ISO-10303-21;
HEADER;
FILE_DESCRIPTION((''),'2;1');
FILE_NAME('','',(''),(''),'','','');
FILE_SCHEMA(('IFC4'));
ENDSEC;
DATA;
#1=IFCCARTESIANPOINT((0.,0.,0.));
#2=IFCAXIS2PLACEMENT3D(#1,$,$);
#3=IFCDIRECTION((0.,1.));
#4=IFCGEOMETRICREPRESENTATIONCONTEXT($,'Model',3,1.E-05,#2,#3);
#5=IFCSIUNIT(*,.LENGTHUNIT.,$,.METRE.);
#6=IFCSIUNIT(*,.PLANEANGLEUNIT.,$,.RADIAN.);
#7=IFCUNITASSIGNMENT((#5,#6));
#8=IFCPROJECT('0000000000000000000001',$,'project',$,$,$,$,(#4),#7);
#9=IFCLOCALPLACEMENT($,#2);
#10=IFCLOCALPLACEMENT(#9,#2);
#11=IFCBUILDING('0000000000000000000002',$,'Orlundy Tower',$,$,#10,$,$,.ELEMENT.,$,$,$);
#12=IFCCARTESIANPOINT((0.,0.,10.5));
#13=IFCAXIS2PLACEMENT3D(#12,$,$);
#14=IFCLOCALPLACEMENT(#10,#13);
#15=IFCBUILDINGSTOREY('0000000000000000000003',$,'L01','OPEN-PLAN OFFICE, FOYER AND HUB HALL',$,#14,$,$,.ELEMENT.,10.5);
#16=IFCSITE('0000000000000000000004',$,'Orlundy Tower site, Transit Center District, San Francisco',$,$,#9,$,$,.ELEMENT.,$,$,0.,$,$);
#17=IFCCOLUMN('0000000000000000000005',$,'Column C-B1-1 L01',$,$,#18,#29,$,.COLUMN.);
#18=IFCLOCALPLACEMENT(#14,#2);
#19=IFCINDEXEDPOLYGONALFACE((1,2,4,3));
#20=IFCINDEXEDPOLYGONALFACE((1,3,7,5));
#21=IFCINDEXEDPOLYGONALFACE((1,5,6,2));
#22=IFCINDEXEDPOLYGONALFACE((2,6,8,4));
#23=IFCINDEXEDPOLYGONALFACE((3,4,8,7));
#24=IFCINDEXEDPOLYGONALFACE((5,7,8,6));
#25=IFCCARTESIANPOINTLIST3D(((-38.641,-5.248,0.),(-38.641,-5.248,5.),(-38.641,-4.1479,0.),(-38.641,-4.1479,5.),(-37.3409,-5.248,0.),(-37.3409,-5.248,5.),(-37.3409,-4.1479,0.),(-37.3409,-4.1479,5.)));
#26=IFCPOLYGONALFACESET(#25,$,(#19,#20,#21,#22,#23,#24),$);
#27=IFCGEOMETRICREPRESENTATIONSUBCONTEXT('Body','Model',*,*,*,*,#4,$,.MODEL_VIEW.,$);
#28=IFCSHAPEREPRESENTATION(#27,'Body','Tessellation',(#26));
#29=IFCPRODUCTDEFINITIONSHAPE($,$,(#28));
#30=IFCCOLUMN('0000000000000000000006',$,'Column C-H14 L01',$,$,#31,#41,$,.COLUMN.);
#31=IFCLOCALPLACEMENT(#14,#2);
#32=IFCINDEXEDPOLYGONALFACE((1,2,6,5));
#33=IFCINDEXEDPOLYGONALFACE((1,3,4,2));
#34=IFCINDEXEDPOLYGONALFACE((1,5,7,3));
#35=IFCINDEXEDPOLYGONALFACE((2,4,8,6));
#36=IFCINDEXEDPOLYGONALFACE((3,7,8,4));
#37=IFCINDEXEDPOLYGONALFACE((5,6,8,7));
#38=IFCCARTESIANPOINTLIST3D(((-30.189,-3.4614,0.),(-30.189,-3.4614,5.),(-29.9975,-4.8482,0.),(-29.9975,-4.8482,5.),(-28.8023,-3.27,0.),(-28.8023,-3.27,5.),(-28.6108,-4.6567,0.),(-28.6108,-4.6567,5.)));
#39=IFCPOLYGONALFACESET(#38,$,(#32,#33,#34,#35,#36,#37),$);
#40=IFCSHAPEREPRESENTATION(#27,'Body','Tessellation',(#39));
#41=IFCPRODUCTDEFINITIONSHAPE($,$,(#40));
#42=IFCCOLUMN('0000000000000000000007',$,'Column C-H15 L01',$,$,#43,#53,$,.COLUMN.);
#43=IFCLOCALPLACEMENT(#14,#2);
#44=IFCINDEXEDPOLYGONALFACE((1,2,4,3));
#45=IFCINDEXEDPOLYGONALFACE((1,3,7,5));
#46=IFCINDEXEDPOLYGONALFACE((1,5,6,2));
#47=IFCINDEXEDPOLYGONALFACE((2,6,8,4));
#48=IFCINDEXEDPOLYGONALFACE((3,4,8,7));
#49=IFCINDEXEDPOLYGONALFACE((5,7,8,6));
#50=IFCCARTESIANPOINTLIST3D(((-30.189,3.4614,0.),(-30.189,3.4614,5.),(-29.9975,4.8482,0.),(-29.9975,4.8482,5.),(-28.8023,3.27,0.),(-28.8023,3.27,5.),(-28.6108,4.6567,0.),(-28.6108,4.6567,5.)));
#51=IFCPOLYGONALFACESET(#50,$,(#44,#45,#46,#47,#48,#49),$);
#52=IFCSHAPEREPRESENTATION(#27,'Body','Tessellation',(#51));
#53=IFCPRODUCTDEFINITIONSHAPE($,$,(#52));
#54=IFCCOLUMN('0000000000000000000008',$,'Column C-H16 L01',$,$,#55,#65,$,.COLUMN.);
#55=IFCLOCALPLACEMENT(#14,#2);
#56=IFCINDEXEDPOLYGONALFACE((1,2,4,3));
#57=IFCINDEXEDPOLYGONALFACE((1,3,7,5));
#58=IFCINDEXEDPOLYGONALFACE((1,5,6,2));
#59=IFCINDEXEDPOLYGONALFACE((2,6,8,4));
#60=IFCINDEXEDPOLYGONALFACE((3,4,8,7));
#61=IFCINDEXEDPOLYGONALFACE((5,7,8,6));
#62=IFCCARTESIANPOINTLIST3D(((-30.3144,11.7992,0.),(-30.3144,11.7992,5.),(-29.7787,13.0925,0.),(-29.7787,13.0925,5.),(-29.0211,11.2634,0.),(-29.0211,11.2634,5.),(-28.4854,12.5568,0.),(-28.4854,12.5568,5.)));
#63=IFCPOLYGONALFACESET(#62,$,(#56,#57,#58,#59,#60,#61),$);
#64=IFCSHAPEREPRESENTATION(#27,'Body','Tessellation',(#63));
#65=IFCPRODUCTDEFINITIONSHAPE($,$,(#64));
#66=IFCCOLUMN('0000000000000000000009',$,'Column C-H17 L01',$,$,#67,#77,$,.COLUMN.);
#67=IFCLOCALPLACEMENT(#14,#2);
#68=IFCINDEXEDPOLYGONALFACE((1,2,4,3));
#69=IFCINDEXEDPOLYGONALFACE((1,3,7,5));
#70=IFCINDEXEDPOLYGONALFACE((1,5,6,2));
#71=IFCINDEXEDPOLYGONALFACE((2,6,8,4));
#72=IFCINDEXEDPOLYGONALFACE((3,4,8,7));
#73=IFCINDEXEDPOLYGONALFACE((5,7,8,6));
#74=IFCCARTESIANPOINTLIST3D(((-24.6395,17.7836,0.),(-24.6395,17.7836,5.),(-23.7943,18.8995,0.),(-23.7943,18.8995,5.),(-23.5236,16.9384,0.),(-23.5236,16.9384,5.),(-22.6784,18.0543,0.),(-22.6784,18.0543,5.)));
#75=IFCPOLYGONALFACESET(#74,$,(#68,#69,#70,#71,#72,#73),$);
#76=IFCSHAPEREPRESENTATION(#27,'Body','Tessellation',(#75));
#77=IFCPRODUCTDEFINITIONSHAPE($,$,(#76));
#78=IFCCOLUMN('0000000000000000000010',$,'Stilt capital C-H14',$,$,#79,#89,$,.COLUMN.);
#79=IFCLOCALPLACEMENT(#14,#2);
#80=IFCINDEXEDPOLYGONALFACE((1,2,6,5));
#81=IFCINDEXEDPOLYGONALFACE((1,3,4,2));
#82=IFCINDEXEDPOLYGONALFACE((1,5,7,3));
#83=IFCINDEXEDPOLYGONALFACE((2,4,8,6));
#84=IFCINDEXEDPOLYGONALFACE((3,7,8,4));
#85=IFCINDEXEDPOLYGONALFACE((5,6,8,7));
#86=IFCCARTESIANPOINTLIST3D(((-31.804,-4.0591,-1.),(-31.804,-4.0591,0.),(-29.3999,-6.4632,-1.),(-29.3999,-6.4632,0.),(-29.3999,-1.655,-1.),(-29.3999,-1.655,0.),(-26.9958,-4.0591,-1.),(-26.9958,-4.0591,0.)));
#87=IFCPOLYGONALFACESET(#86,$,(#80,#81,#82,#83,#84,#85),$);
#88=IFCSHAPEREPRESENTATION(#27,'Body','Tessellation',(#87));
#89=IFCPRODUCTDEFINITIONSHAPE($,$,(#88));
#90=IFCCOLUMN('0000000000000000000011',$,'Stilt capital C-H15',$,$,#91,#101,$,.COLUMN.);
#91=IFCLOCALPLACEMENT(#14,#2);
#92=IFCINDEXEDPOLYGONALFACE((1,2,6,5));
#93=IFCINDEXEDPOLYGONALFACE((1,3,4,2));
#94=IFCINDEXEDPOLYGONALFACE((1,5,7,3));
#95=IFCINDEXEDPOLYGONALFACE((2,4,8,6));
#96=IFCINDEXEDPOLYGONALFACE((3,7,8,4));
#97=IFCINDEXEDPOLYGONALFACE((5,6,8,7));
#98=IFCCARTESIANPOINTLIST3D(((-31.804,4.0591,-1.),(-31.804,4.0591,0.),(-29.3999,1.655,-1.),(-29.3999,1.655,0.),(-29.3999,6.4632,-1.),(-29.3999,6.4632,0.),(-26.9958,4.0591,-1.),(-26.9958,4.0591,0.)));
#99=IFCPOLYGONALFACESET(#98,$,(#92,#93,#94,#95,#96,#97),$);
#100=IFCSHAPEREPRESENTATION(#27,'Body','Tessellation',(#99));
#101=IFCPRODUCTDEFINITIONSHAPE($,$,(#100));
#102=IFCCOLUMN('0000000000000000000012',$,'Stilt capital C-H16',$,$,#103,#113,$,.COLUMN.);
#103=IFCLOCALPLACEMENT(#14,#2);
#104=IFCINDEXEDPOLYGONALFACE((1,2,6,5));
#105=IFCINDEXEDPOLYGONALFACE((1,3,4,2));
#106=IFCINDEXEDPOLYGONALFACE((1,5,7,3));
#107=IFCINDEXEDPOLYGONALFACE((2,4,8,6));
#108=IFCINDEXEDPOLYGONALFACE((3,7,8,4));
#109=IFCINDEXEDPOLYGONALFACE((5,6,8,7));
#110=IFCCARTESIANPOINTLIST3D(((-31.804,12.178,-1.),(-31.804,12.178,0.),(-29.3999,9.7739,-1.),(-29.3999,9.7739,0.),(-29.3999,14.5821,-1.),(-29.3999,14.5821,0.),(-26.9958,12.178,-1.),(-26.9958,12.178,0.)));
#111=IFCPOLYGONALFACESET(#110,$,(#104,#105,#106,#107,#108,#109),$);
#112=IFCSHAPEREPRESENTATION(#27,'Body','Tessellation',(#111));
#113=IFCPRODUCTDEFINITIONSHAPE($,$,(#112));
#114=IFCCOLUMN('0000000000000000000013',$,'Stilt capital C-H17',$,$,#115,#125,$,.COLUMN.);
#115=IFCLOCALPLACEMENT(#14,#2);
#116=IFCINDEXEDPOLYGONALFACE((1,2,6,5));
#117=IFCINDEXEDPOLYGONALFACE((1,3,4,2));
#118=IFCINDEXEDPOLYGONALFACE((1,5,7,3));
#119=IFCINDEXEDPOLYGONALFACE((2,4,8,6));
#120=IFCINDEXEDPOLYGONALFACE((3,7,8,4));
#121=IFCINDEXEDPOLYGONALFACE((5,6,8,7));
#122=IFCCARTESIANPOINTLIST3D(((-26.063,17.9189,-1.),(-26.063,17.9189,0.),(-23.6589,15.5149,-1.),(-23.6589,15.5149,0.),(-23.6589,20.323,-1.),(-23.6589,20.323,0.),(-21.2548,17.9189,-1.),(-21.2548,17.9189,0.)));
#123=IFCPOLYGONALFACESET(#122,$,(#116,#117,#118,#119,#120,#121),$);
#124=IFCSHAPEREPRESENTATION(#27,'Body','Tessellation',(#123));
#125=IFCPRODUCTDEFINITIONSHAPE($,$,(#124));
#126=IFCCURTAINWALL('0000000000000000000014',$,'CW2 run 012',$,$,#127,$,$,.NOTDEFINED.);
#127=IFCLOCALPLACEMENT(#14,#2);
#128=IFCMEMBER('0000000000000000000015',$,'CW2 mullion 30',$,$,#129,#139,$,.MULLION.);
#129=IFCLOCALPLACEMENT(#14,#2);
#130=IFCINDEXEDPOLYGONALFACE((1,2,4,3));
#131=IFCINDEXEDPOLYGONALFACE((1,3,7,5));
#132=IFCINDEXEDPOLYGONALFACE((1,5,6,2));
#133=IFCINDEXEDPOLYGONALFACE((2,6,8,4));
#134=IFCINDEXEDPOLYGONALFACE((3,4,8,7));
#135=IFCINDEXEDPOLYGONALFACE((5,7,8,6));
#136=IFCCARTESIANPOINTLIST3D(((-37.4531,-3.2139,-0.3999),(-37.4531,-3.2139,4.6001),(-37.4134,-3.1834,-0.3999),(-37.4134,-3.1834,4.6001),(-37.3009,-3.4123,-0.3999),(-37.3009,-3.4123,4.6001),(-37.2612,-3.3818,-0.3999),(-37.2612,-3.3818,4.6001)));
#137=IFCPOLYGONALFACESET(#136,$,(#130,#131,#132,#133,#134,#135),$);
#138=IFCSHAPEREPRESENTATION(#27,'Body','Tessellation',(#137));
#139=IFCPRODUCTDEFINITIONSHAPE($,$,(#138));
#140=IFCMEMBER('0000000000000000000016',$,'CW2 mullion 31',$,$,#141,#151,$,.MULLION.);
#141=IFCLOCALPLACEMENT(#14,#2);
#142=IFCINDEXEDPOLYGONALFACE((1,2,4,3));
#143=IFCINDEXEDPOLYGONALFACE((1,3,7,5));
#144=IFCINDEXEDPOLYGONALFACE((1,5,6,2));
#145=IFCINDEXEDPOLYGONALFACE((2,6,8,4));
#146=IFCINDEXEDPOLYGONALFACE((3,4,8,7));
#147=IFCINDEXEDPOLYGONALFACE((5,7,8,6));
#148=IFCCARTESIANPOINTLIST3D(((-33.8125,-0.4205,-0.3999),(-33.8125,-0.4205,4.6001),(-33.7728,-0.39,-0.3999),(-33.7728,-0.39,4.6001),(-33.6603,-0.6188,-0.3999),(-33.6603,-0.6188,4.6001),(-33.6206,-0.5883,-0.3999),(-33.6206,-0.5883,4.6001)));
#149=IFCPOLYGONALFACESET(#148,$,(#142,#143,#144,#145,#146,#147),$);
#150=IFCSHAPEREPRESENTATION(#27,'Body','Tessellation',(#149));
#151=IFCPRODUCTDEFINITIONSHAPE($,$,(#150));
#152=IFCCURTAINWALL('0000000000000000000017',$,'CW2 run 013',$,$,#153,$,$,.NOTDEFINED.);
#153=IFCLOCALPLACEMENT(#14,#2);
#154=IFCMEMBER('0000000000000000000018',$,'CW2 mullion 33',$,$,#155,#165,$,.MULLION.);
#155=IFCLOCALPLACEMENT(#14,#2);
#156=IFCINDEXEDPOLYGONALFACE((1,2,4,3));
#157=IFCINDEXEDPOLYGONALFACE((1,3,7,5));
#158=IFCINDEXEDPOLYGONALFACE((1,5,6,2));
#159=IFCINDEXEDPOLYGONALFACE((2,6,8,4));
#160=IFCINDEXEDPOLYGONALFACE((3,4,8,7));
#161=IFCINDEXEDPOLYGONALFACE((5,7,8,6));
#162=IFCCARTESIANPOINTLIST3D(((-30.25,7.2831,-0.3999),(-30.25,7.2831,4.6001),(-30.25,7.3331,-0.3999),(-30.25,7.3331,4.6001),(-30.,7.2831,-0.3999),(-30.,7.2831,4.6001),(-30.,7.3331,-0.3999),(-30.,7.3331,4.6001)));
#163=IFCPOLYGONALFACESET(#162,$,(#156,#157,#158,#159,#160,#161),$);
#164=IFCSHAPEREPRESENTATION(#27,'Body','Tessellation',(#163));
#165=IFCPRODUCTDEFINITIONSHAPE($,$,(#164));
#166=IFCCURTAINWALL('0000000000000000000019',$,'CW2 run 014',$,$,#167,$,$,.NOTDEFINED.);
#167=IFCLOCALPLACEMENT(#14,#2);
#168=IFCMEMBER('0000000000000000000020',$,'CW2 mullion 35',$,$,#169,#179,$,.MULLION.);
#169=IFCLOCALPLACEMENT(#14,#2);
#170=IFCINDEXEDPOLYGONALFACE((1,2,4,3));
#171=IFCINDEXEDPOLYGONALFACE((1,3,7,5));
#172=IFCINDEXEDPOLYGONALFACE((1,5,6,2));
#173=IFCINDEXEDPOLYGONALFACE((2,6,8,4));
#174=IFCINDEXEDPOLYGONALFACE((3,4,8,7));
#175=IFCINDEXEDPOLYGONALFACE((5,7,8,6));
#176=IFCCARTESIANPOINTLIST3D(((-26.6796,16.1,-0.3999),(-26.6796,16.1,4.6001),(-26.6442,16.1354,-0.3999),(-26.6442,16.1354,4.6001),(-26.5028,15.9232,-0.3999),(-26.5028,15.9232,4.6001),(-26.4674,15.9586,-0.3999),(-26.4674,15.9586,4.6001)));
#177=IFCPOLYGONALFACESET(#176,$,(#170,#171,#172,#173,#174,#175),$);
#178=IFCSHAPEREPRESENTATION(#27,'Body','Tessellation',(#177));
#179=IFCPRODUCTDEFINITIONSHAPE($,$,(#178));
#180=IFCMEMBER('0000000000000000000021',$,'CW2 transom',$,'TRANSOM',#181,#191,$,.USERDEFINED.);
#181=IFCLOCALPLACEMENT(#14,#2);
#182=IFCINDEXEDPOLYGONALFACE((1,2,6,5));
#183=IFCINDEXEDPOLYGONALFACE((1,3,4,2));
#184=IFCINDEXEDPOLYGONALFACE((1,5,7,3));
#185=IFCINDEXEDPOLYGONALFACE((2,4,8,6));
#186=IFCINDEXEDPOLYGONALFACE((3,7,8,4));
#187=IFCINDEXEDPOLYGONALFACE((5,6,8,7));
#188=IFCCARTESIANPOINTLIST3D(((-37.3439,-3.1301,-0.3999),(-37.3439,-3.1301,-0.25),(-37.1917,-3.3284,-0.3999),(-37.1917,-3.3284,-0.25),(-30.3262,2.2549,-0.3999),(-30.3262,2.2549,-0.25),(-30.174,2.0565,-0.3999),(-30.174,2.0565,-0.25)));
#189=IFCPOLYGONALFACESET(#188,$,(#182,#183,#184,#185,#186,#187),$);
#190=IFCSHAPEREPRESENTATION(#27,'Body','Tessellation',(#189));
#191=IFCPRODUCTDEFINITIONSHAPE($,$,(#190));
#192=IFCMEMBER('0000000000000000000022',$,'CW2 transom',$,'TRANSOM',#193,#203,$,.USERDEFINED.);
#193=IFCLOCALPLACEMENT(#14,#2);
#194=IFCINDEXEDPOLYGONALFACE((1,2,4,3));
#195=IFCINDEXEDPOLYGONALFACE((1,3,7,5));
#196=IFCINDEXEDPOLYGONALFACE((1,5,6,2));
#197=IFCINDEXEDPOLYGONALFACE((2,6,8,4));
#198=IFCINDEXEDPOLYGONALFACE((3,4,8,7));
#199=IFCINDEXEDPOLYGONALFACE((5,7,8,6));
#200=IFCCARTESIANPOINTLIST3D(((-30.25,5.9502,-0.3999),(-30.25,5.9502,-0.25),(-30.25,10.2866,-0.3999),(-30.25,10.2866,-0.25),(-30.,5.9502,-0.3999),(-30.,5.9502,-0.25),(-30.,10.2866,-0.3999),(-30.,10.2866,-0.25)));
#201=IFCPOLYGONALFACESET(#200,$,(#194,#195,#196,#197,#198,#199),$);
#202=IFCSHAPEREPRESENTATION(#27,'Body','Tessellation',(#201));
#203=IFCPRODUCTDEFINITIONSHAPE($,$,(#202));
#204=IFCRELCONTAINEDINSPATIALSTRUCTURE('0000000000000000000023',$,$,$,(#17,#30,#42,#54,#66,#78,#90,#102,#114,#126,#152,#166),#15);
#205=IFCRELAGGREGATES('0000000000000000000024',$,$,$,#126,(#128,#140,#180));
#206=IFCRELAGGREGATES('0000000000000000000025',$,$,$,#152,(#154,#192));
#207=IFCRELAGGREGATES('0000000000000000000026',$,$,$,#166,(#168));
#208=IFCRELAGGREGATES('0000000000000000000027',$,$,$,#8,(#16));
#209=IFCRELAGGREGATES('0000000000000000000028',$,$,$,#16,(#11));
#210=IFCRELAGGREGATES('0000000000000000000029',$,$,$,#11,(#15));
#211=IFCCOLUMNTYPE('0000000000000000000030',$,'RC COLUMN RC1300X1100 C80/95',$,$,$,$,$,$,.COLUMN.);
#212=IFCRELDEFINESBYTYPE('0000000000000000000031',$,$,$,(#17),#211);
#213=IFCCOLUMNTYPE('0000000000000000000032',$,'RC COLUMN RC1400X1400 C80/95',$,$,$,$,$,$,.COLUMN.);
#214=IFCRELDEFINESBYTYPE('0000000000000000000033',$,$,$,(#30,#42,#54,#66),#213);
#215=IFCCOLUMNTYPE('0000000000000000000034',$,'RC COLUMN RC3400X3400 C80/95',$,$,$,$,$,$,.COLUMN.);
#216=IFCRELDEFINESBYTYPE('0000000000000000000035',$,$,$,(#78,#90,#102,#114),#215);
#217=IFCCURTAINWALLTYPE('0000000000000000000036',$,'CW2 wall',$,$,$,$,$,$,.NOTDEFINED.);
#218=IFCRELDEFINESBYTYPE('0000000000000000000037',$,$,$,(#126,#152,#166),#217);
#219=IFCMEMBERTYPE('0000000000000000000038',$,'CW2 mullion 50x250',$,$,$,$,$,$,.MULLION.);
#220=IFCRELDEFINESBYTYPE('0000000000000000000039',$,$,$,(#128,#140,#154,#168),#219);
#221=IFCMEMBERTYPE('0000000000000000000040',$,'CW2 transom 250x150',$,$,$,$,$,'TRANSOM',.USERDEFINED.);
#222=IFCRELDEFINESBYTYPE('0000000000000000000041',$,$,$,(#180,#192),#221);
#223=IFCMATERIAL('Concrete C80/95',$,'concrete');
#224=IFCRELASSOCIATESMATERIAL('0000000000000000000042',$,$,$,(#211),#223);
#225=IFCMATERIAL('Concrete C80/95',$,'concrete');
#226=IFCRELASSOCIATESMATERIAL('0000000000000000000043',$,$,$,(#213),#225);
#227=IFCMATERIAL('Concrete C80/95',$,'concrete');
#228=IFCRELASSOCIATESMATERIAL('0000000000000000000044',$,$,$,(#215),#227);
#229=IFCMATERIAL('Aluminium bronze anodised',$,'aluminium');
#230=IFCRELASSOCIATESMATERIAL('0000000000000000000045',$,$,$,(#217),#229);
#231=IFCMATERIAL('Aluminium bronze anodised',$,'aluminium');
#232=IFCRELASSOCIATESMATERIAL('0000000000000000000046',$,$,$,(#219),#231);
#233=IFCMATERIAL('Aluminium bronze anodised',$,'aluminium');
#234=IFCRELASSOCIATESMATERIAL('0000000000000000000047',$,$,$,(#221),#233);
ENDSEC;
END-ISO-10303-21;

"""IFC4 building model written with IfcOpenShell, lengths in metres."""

from ifc_helpers import new_model, si_unit, direction, frame, origin, origin_2d, place, context, subcontext, project, spatial, rectangle, extrude, material, material_profile, profile_set, type_object, element, aggregate, save


model = new_model("IFC4")

# Units and contexts
model_context = context("Model", 3, precision=1e-05, world=origin(), true_north=direction((0.0, 1.0)))
body_context = subcontext(model_context, "Body", "Model", "MODEL_VIEW")
ifc_project = project(units=[si_unit("LENGTHUNIT", "METRE"), si_unit("PLANEANGLEUNIT", "RADIAN")], contexts=[model_context])

# Site, building, storey
site_placement = place(None, origin())
site = spatial("IfcSite", under=ifc_project, at=site_placement, Name="Orlundy Tower site, Transit Center District, San Francisco", CompositionType="ELEMENT", RefElevation=0.0)
building_placement = place(site_placement, origin())
building = spatial("IfcBuilding", under=site, at=building_placement, Name="Orlundy Tower", CompositionType="ELEMENT")
storey_placement = place(building_placement, frame((0.0, 0.0, 10.5)))
storey = spatial("IfcBuildingStorey", under=building, at=storey_placement, Name="L01", Description="OPEN-PLAN OFFICE, FOYER AND HUB HALL", CompositionType="ELEMENT", Elevation=10.5)

# Columns
ifc_material_1 = material(Name="Concrete C80/95", Category="concrete")
ifc_material_profile_1 = material_profile(ifc_material_1, rectangle(XDim=1.3, YDim=1.1001, at=origin_2d()), Name="RC1300X1100")
ifc_profile_set_1 = profile_set([ifc_material_profile_1], Name="Concrete C80/95")
column_type_1 = type_object("IfcColumnType", Name="RC COLUMN RC1300X1100 C80/95", PredefinedType="COLUMN", material=ifc_profile_set_1)
column_placement = place(storey_placement, frame((-37.991, -4.698, 0.0), z_axis=(0.0, 0.0, 1.0), x_axis=(1.0, 0.0, 0.0)))
element("IfcColumn", 1, at=column_placement, inside=storey, type_object=column_type_1, Name="Column C-B1-1 L01", PredefinedType="COLUMN", context=body_context, shape_type="SweptSolid", body=[
    extrude(rectangle(XDim=1.3, YDim=1.1001, at=origin_2d()), origin(), (0.0, 0.0, 1.0), 5.0),
])
ifc_material_2 = material(Name="Concrete C80/95", Category="concrete")
ifc_material_profile_2 = material_profile(ifc_material_2, rectangle(XDim=1.3999, YDim=1.3999, at=origin_2d()), Name="RC1400X1400")
ifc_profile_set_2 = profile_set([ifc_material_profile_2], Name="Concrete C80/95")
column_type_2 = type_object("IfcColumnType", Name="RC COLUMN RC1400X1400 C80/95", PredefinedType="COLUMN", material=ifc_profile_set_2)
for number, where, z_axis, x_axis, name in (
    (2, (-29.3999, -4.0591, 0.0), (0.0, 0.0, 1.0), (-0.990603, -0.13677, 0.0), "Column C-H14 L01"),
    (3, (-29.3999, 4.0591, 0.0), (0.0, 0.0, 1.0), (-0.990603, 0.13677, 0.0), "Column C-H15 L01"),
    (4, (-29.3999, 12.178, 0.0), (0.0, 0.0, 1.0), (-0.92388, 0.382683, 0.0), "Column C-H16 L01"),
    (5, (-23.6589, 17.9189, 0.0), (0.0, 0.0, 1.0), (-0.797163, 0.603765, 0.0), "Column C-H17 L01"),
):
    element("IfcColumn", number, at=place(storey_placement, frame(where, z_axis=z_axis, x_axis=x_axis)), inside=storey, type_object=column_type_2, Name=name, PredefinedType="COLUMN", context=body_context, shape_type="SweptSolid", body=[
        extrude(rectangle(XDim=1.3999, YDim=1.3999, at=origin_2d()), origin(), (0.0, 0.0, 1.0), 5.0),
    ])
ifc_material_3 = material(Name="Concrete C80/95", Category="concrete")
ifc_material_profile_3 = material_profile(ifc_material_3, rectangle(XDim=3.3999, YDim=3.3999, at=origin_2d()), Name="RC3400X3400")
ifc_profile_set_3 = profile_set([ifc_material_profile_3], Name="Concrete C80/95")
column_type_3 = type_object("IfcColumnType", Name="RC COLUMN RC3400X3400 C80/95", PredefinedType="COLUMN", material=ifc_profile_set_3)
for number, where, z_axis, x_axis, name in (
    (6, (-29.3999, -4.0591, -1.0), (0.0, 0.0, 1.0), (0.707107, 0.707107, 0.0), "Stilt capital C-H14"),
    (7, (-29.3999, 4.0591, -1.0), (0.0, 0.0, 1.0), (0.707107, 0.707107, 0.0), "Stilt capital C-H15"),
    (8, (-29.3999, 12.178, -1.0), (0.0, 0.0, 1.0), (0.707107, 0.707107, 0.0), "Stilt capital C-H16"),
    (9, (-23.6589, 17.9189, -1.0), (0.0, 0.0, 1.0), (0.707107, 0.707107, 0.0), "Stilt capital C-H17"),
):
    element("IfcColumn", number, at=place(storey_placement, frame(where, z_axis=z_axis, x_axis=x_axis)), inside=storey, type_object=column_type_3, Name=name, PredefinedType="COLUMN", context=body_context, shape_type="SweptSolid", body=[
        extrude(rectangle(XDim=3.3999, YDim=3.3999, at=origin_2d()), origin(), (0.0, 0.0, 1.0), 1.0),
    ])

# Curtain wall, members
ifc_material_4 = material(Name="Aluminium bronze anodised", Category="aluminium")
curtain_wall_type = type_object("IfcCurtainWallType", Name="CW2 wall", PredefinedType="NOTDEFINED", material=ifc_material_4)
curtain_wall_1_placement = place(storey_placement, origin())
curtain_wall_1 = element("IfcCurtainWall", 10, at=curtain_wall_1_placement, inside=storey, type_object=curtain_wall_type, Name="CW2 run 012", PredefinedType="NOTDEFINED")
ifc_material_5 = material(Name="Aluminium bronze anodised", Category="aluminium")
ifc_material_profile_4 = material_profile(ifc_material_5, rectangle(XDim=0.25, YDim=0.05, at=origin_2d()), Name="CW2 mullion 50x250")
ifc_profile_set_4 = profile_set([ifc_material_profile_4], Name="Aluminium bronze anodised")
member_type_1 = type_object("IfcMemberType", Name="CW2 mullion 50x250", PredefinedType="MULLION", material=ifc_profile_set_4)
member_1_placement = place(storey_placement, frame((-37.3572, -3.2979, -0.3999), z_axis=(0.0, 0.0, 1.0), x_axis=(-0.608768, 0.793348, 0.0)))
member_1 = element("IfcMember", 11, at=member_1_placement, type_object=member_type_1, Name="CW2 mullion 30", PredefinedType="MULLION", context=body_context, shape_type="SweptSolid", body=[
    extrude(rectangle(XDim=0.25, YDim=0.05, at=origin_2d()), origin(), (0.0, 0.0, 1.0), 5.0),
])
member_2_placement = place(storey_placement, frame((-33.7166, -0.5044, -0.3999), z_axis=(0.0, 0.0, 1.0), x_axis=(-0.608768, 0.793348, 0.0)))
member_2 = element("IfcMember", 12, at=member_2_placement, type_object=member_type_1, Name="CW2 mullion 31", PredefinedType="MULLION", context=body_context, shape_type="SweptSolid", body=[
    extrude(rectangle(XDim=0.25, YDim=0.05, at=origin_2d()), origin(), (0.0, 0.0, 1.0), 5.0),
])

# Curtain walls, members
curtain_wall_2_placement = place(storey_placement, origin())
curtain_wall_2 = element("IfcCurtainWall", 13, at=curtain_wall_2_placement, inside=storey, type_object=curtain_wall_type, Name="CW2 run 013", PredefinedType="NOTDEFINED")
member_3_placement = place(storey_placement, frame((-30.125, 7.3081, -0.3999), z_axis=(0.0, 0.0, 1.0), x_axis=(-1.0, 0.0, 0.0)))
member_3 = element("IfcMember", 14, at=member_3_placement, type_object=member_type_1, Name="CW2 mullion 33", PredefinedType="MULLION", context=body_context, shape_type="SweptSolid", body=[
    extrude(rectangle(XDim=0.25, YDim=0.05, at=origin_2d()), origin(), (0.0, 0.0, 1.0), 5.0),
])
curtain_wall_3_placement = place(storey_placement, origin())
curtain_wall_3 = element("IfcCurtainWall", 15, at=curtain_wall_3_placement, inside=storey, type_object=curtain_wall_type, Name="CW2 run 014", PredefinedType="NOTDEFINED")
member_4_placement = place(storey_placement, frame((-26.5735, 16.0293, -0.3999), z_axis=(0.0, 0.0, 1.0), x_axis=(-0.707107, 0.707107, 0.0)))
member_4 = element("IfcMember", 16, at=member_4_placement, type_object=member_type_1, Name="CW2 mullion 35", PredefinedType="MULLION", context=body_context, shape_type="SweptSolid", body=[
    extrude(rectangle(XDim=0.25, YDim=0.05, at=origin_2d()), origin(), (0.0, 0.0, 1.0), 5.0),
])

# Members
ifc_material_6 = material(Name="Aluminium bronze anodised", Category="aluminium")
ifc_material_profile_5 = material_profile(ifc_material_6, rectangle(XDim=0.25, YDim=0.1499, at=origin_2d()), Name="CW2 transom 250x150")
ifc_profile_set_5 = profile_set([ifc_material_profile_5], Name="Aluminium bronze anodised")
member_type_2 = type_object("IfcMemberType", Name="CW2 transom 250x150", ElementType="TRANSOM", PredefinedType="USERDEFINED", material=ifc_profile_set_5)
member_5_placement = place(storey_placement, frame((-37.2678, -3.2292, -0.325), z_axis=(0.793351, 0.608765, 0.0), x_axis=(-0.608765, 0.793351, 0.0)))
member_5 = element("IfcMember", 17, at=member_5_placement, type_object=member_type_2, Name="CW2 transom", ObjectType="TRANSOM", PredefinedType="USERDEFINED", context=body_context, shape_type="SweptSolid", body=[
    extrude(rectangle(XDim=0.25, YDim=0.1499, at=origin_2d()), origin(), (0.0, 0.0, 1.0), 8.8457),
])
member_6_placement = place(storey_placement, frame((-30.125, 5.9502, -0.325), z_axis=(0.0, 1.0, 0.0), x_axis=(-1.0, 0.0, 0.0)))
member_6 = element("IfcMember", 18, at=member_6_placement, type_object=member_type_2, Name="CW2 transom", ObjectType="TRANSOM", PredefinedType="USERDEFINED", context=body_context, shape_type="SweptSolid", body=[
    extrude(rectangle(XDim=0.25, YDim=0.1499, at=origin_2d()), origin(), (0.0, 0.0, 1.0), 4.3364),
])

aggregate(curtain_wall_1, [member_1, member_2, member_5])
aggregate(curtain_wall_2, [member_3, member_6])
aggregate(curtain_wall_3, [member_4])

save(model, "model.ifc")
